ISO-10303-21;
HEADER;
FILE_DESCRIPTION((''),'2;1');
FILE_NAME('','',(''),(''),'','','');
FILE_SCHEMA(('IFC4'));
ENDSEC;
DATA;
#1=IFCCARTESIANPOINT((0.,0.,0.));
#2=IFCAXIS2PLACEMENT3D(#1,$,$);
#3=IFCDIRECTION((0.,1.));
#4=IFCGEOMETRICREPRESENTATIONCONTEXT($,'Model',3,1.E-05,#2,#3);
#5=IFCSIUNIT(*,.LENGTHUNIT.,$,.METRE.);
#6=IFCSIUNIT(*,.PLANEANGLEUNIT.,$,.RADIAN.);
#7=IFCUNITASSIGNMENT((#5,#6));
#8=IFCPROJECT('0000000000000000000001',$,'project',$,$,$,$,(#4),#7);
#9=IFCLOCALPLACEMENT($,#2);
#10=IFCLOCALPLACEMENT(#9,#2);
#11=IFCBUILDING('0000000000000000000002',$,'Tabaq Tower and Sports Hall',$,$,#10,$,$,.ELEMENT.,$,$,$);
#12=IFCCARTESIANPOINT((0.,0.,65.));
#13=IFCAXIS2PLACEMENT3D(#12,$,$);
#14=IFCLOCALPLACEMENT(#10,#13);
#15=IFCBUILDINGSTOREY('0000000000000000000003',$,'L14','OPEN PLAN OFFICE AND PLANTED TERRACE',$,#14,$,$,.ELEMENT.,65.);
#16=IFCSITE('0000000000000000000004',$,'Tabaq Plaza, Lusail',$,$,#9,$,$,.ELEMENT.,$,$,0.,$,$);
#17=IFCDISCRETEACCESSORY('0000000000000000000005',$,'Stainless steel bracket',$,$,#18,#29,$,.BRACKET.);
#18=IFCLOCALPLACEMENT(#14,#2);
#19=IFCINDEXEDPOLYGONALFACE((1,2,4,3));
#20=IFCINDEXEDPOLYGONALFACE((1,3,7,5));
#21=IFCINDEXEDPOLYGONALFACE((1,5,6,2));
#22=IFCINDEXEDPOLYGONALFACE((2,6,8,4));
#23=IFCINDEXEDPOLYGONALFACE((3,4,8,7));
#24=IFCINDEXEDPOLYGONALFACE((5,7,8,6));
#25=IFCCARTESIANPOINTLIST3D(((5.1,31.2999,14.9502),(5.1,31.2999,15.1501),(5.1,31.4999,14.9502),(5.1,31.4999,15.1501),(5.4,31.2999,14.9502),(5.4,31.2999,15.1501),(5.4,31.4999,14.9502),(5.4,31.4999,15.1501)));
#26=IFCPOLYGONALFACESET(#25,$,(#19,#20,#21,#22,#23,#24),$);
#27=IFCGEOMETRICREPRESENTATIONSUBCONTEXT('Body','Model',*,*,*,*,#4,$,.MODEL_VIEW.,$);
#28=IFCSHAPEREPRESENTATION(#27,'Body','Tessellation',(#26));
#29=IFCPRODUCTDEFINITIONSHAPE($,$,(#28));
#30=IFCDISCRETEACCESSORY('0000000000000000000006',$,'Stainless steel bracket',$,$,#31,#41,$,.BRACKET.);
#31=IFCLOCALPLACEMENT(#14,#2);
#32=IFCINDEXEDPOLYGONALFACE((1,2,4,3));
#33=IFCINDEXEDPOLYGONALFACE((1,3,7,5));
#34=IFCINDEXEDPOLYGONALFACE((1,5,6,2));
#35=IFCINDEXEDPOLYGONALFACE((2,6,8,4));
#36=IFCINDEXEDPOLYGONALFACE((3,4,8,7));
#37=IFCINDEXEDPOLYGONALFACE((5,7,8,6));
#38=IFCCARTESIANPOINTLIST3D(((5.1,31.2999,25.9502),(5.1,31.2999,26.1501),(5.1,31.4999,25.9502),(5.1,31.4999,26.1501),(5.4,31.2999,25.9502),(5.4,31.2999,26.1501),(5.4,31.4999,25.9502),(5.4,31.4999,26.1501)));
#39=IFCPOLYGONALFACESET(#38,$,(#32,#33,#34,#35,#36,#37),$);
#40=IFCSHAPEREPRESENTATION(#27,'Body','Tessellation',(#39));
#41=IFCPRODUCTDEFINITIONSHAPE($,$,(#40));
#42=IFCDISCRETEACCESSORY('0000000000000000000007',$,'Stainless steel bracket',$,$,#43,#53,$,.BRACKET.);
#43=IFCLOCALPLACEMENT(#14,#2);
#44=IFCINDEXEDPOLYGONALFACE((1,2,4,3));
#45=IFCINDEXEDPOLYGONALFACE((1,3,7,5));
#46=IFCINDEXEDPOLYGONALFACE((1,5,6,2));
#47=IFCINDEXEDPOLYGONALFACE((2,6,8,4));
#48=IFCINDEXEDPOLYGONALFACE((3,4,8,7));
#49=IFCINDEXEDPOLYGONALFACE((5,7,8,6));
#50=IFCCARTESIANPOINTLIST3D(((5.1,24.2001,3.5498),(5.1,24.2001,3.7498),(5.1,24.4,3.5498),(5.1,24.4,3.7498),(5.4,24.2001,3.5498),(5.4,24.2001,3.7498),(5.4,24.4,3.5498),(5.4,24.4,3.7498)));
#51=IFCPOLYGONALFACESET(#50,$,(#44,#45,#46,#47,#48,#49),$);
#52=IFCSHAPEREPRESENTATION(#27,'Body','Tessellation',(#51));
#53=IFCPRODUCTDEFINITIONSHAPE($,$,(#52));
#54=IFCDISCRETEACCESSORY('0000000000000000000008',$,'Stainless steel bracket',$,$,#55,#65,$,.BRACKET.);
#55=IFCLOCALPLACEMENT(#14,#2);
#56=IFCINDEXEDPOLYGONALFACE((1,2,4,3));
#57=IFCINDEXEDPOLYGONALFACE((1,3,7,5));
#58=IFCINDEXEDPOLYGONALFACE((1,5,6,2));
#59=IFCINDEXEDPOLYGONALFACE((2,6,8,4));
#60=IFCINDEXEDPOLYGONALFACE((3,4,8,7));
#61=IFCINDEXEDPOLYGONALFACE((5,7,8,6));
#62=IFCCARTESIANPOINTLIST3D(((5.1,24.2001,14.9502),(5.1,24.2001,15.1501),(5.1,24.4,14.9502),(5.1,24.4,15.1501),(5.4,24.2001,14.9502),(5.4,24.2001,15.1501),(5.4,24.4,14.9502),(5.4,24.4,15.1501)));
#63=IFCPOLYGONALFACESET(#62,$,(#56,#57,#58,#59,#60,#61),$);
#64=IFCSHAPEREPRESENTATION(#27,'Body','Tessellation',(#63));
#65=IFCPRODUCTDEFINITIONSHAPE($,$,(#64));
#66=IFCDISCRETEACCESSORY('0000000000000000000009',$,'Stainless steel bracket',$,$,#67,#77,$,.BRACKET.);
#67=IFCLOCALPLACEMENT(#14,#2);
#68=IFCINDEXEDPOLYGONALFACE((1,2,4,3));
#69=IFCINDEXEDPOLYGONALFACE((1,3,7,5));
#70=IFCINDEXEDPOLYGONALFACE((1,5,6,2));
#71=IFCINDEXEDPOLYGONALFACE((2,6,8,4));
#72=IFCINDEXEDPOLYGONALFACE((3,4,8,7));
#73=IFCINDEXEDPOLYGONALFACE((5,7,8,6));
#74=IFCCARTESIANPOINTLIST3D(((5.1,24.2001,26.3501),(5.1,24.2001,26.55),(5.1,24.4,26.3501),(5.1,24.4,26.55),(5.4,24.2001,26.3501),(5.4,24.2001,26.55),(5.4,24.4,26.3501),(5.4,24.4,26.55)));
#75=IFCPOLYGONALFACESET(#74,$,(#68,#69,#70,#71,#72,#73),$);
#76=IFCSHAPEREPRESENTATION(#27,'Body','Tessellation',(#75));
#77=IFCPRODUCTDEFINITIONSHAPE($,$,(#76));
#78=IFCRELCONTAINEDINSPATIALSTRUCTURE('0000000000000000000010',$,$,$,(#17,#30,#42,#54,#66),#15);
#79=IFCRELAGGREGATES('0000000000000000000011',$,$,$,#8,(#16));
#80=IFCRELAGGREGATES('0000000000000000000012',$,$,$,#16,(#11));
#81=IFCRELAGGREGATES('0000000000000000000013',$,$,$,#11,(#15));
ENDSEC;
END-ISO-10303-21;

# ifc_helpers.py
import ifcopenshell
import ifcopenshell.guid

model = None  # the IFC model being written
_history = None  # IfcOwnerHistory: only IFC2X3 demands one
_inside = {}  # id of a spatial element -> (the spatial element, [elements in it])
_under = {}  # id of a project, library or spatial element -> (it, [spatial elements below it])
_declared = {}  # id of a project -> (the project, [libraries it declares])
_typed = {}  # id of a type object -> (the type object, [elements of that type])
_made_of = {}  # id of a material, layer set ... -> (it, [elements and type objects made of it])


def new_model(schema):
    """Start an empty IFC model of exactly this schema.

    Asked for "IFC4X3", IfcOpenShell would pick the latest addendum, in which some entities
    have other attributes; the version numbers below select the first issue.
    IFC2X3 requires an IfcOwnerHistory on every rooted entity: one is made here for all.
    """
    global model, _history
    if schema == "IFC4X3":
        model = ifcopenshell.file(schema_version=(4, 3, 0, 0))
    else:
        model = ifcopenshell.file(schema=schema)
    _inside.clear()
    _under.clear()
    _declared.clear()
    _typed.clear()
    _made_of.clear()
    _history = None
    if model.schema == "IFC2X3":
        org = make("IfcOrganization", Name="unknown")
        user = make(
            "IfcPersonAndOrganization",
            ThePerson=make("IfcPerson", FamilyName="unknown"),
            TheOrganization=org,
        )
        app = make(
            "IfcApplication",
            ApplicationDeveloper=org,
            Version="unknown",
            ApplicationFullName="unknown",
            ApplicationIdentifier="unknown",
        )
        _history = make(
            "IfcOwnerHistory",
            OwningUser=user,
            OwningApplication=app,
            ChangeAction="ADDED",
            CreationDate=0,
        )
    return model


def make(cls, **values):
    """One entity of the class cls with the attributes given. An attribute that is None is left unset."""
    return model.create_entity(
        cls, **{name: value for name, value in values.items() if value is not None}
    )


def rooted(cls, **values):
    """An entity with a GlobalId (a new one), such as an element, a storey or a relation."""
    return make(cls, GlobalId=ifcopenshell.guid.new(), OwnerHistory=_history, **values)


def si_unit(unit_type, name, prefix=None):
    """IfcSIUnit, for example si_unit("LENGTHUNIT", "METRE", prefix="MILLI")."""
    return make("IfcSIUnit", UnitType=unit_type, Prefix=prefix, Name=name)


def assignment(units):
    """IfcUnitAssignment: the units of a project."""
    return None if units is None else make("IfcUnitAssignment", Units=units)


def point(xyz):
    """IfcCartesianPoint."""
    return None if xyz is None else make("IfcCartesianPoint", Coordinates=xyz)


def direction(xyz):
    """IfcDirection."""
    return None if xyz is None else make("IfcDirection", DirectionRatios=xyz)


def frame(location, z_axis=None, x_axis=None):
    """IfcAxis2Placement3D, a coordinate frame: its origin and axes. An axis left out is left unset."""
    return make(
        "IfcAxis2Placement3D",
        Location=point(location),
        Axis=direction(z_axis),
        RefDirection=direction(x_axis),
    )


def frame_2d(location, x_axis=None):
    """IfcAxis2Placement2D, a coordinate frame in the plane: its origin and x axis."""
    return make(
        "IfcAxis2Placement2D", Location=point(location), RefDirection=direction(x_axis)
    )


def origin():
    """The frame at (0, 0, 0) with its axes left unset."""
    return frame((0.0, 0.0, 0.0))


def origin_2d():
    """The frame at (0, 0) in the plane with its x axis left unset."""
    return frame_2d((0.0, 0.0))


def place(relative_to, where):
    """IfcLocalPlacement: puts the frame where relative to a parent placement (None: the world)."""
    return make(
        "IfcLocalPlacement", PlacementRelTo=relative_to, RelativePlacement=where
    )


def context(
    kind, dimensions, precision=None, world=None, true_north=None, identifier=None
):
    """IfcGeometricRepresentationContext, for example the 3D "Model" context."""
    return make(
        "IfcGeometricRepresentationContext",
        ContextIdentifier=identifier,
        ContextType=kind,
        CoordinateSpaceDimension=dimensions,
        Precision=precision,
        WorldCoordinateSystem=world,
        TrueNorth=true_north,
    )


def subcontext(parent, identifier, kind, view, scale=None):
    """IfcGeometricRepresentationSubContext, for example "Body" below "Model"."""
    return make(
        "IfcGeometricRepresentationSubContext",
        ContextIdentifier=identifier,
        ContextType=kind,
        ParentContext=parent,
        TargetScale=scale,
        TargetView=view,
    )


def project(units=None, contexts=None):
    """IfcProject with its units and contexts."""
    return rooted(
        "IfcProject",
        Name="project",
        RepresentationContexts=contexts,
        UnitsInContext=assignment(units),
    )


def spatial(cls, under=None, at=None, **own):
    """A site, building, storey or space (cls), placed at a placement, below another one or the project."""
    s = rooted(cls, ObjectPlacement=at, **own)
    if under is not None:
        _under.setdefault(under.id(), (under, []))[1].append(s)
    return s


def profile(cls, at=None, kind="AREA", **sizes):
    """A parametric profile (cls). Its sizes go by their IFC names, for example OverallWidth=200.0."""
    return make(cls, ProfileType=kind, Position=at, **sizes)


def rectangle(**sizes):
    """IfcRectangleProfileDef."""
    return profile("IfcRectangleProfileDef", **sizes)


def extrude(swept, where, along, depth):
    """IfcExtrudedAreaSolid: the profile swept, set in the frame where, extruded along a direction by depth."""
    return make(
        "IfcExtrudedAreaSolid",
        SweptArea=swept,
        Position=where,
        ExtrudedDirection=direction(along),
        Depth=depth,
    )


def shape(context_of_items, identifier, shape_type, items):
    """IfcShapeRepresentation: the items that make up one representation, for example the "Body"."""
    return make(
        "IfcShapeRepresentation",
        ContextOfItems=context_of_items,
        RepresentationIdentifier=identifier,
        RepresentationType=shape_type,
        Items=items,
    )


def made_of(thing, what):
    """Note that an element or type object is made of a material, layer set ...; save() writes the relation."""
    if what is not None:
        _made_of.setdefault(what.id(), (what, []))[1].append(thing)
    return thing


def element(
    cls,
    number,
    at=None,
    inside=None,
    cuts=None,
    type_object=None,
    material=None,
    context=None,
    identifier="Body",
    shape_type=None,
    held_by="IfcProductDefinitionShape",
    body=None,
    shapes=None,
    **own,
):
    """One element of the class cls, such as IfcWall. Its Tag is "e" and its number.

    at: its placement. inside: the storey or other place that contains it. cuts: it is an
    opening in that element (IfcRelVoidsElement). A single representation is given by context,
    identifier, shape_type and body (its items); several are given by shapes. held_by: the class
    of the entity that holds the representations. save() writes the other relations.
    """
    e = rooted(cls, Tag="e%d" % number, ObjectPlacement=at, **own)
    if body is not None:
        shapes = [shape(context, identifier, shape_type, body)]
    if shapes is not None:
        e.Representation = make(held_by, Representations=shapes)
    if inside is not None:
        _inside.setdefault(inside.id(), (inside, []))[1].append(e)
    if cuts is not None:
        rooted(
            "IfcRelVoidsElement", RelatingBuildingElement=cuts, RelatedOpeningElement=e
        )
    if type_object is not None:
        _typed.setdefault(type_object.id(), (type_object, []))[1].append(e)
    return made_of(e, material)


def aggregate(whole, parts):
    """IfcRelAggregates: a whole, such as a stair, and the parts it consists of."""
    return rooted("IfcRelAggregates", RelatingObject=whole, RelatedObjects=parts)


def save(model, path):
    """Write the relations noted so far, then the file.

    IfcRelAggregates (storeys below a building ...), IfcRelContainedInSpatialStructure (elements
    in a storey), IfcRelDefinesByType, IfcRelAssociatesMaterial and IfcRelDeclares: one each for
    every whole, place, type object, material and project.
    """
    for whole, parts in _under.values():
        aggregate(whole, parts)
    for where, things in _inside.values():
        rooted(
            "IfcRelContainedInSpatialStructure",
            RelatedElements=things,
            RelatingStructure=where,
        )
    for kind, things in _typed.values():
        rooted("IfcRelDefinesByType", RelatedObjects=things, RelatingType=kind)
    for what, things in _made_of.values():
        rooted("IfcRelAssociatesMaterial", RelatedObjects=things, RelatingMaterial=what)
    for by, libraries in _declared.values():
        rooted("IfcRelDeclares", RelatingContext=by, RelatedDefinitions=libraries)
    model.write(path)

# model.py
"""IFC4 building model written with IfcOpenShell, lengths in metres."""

from ifc_helpers import new_model, si_unit, direction, frame, origin, origin_2d, place, context, subcontext, project, spatial, rectangle, extrude, element, save


model = new_model("IFC4")

# Units and contexts
model_context = context("Model", 3, precision=1e-05, world=origin(), true_north=direction((0.0, 1.0)))
body_context = subcontext(model_context, "Body", "Model", "MODEL_VIEW")
ifc_project = project(units=[si_unit("LENGTHUNIT", "METRE"), si_unit("PLANEANGLEUNIT", "RADIAN")], contexts=[model_context])

# Site, building, storey
site_placement = place(None, origin())
site = spatial("IfcSite", under=ifc_project, at=site_placement, Name="Tabaq Plaza, Lusail", CompositionType="ELEMENT", RefElevation=0.0)
building_placement = place(site_placement, origin())
building = spatial("IfcBuilding", under=site, at=building_placement, Name="Tabaq Tower and Sports Hall", CompositionType="ELEMENT")
storey_placement = place(building_placement, frame((0.0, 0.0, 65.0)))
storey = spatial("IfcBuildingStorey", under=building, at=storey_placement, Name="L14", Description="OPEN PLAN OFFICE AND PLANTED TERRACE", CompositionType="ELEMENT", Elevation=65.0)

# Discrete accessories
for number, where, z_axis, x_axis, name in (
    (1, (5.25, 31.3999, 14.9502), (0.0, 0.0, 1.0), (0.0, 1.0, 0.0), "Stainless steel bracket"),
    (2, (5.25, 31.3999, 25.9502), (0.0, 0.0, 1.0), (0.0, 1.0, 0.0), "Stainless steel bracket"),
    (3, (5.25, 24.3, 3.5498), (0.0, 0.0, 1.0), (0.0, 1.0, 0.0), "Stainless steel bracket"),
    (4, (5.25, 24.3, 14.9502), (0.0, 0.0, 1.0), (0.0, 1.0, 0.0), "Stainless steel bracket"),
    (5, (5.25, 24.3, 26.3501), (0.0, 0.0, 1.0), (0.0, 1.0, 0.0), "Stainless steel bracket"),
):
    element("IfcDiscreteAccessory", number, at=place(storey_placement, frame(where, z_axis=z_axis, x_axis=x_axis)), inside=storey, Name=name, PredefinedType="BRACKET", context=body_context, shape_type="SweptSolid", body=[
        extrude(rectangle(XDim=0.2, YDim=0.3, at=origin_2d()), origin(), (0.0, 0.0, 1.0), 0.2),
    ])

save(model, "model.ifc")
